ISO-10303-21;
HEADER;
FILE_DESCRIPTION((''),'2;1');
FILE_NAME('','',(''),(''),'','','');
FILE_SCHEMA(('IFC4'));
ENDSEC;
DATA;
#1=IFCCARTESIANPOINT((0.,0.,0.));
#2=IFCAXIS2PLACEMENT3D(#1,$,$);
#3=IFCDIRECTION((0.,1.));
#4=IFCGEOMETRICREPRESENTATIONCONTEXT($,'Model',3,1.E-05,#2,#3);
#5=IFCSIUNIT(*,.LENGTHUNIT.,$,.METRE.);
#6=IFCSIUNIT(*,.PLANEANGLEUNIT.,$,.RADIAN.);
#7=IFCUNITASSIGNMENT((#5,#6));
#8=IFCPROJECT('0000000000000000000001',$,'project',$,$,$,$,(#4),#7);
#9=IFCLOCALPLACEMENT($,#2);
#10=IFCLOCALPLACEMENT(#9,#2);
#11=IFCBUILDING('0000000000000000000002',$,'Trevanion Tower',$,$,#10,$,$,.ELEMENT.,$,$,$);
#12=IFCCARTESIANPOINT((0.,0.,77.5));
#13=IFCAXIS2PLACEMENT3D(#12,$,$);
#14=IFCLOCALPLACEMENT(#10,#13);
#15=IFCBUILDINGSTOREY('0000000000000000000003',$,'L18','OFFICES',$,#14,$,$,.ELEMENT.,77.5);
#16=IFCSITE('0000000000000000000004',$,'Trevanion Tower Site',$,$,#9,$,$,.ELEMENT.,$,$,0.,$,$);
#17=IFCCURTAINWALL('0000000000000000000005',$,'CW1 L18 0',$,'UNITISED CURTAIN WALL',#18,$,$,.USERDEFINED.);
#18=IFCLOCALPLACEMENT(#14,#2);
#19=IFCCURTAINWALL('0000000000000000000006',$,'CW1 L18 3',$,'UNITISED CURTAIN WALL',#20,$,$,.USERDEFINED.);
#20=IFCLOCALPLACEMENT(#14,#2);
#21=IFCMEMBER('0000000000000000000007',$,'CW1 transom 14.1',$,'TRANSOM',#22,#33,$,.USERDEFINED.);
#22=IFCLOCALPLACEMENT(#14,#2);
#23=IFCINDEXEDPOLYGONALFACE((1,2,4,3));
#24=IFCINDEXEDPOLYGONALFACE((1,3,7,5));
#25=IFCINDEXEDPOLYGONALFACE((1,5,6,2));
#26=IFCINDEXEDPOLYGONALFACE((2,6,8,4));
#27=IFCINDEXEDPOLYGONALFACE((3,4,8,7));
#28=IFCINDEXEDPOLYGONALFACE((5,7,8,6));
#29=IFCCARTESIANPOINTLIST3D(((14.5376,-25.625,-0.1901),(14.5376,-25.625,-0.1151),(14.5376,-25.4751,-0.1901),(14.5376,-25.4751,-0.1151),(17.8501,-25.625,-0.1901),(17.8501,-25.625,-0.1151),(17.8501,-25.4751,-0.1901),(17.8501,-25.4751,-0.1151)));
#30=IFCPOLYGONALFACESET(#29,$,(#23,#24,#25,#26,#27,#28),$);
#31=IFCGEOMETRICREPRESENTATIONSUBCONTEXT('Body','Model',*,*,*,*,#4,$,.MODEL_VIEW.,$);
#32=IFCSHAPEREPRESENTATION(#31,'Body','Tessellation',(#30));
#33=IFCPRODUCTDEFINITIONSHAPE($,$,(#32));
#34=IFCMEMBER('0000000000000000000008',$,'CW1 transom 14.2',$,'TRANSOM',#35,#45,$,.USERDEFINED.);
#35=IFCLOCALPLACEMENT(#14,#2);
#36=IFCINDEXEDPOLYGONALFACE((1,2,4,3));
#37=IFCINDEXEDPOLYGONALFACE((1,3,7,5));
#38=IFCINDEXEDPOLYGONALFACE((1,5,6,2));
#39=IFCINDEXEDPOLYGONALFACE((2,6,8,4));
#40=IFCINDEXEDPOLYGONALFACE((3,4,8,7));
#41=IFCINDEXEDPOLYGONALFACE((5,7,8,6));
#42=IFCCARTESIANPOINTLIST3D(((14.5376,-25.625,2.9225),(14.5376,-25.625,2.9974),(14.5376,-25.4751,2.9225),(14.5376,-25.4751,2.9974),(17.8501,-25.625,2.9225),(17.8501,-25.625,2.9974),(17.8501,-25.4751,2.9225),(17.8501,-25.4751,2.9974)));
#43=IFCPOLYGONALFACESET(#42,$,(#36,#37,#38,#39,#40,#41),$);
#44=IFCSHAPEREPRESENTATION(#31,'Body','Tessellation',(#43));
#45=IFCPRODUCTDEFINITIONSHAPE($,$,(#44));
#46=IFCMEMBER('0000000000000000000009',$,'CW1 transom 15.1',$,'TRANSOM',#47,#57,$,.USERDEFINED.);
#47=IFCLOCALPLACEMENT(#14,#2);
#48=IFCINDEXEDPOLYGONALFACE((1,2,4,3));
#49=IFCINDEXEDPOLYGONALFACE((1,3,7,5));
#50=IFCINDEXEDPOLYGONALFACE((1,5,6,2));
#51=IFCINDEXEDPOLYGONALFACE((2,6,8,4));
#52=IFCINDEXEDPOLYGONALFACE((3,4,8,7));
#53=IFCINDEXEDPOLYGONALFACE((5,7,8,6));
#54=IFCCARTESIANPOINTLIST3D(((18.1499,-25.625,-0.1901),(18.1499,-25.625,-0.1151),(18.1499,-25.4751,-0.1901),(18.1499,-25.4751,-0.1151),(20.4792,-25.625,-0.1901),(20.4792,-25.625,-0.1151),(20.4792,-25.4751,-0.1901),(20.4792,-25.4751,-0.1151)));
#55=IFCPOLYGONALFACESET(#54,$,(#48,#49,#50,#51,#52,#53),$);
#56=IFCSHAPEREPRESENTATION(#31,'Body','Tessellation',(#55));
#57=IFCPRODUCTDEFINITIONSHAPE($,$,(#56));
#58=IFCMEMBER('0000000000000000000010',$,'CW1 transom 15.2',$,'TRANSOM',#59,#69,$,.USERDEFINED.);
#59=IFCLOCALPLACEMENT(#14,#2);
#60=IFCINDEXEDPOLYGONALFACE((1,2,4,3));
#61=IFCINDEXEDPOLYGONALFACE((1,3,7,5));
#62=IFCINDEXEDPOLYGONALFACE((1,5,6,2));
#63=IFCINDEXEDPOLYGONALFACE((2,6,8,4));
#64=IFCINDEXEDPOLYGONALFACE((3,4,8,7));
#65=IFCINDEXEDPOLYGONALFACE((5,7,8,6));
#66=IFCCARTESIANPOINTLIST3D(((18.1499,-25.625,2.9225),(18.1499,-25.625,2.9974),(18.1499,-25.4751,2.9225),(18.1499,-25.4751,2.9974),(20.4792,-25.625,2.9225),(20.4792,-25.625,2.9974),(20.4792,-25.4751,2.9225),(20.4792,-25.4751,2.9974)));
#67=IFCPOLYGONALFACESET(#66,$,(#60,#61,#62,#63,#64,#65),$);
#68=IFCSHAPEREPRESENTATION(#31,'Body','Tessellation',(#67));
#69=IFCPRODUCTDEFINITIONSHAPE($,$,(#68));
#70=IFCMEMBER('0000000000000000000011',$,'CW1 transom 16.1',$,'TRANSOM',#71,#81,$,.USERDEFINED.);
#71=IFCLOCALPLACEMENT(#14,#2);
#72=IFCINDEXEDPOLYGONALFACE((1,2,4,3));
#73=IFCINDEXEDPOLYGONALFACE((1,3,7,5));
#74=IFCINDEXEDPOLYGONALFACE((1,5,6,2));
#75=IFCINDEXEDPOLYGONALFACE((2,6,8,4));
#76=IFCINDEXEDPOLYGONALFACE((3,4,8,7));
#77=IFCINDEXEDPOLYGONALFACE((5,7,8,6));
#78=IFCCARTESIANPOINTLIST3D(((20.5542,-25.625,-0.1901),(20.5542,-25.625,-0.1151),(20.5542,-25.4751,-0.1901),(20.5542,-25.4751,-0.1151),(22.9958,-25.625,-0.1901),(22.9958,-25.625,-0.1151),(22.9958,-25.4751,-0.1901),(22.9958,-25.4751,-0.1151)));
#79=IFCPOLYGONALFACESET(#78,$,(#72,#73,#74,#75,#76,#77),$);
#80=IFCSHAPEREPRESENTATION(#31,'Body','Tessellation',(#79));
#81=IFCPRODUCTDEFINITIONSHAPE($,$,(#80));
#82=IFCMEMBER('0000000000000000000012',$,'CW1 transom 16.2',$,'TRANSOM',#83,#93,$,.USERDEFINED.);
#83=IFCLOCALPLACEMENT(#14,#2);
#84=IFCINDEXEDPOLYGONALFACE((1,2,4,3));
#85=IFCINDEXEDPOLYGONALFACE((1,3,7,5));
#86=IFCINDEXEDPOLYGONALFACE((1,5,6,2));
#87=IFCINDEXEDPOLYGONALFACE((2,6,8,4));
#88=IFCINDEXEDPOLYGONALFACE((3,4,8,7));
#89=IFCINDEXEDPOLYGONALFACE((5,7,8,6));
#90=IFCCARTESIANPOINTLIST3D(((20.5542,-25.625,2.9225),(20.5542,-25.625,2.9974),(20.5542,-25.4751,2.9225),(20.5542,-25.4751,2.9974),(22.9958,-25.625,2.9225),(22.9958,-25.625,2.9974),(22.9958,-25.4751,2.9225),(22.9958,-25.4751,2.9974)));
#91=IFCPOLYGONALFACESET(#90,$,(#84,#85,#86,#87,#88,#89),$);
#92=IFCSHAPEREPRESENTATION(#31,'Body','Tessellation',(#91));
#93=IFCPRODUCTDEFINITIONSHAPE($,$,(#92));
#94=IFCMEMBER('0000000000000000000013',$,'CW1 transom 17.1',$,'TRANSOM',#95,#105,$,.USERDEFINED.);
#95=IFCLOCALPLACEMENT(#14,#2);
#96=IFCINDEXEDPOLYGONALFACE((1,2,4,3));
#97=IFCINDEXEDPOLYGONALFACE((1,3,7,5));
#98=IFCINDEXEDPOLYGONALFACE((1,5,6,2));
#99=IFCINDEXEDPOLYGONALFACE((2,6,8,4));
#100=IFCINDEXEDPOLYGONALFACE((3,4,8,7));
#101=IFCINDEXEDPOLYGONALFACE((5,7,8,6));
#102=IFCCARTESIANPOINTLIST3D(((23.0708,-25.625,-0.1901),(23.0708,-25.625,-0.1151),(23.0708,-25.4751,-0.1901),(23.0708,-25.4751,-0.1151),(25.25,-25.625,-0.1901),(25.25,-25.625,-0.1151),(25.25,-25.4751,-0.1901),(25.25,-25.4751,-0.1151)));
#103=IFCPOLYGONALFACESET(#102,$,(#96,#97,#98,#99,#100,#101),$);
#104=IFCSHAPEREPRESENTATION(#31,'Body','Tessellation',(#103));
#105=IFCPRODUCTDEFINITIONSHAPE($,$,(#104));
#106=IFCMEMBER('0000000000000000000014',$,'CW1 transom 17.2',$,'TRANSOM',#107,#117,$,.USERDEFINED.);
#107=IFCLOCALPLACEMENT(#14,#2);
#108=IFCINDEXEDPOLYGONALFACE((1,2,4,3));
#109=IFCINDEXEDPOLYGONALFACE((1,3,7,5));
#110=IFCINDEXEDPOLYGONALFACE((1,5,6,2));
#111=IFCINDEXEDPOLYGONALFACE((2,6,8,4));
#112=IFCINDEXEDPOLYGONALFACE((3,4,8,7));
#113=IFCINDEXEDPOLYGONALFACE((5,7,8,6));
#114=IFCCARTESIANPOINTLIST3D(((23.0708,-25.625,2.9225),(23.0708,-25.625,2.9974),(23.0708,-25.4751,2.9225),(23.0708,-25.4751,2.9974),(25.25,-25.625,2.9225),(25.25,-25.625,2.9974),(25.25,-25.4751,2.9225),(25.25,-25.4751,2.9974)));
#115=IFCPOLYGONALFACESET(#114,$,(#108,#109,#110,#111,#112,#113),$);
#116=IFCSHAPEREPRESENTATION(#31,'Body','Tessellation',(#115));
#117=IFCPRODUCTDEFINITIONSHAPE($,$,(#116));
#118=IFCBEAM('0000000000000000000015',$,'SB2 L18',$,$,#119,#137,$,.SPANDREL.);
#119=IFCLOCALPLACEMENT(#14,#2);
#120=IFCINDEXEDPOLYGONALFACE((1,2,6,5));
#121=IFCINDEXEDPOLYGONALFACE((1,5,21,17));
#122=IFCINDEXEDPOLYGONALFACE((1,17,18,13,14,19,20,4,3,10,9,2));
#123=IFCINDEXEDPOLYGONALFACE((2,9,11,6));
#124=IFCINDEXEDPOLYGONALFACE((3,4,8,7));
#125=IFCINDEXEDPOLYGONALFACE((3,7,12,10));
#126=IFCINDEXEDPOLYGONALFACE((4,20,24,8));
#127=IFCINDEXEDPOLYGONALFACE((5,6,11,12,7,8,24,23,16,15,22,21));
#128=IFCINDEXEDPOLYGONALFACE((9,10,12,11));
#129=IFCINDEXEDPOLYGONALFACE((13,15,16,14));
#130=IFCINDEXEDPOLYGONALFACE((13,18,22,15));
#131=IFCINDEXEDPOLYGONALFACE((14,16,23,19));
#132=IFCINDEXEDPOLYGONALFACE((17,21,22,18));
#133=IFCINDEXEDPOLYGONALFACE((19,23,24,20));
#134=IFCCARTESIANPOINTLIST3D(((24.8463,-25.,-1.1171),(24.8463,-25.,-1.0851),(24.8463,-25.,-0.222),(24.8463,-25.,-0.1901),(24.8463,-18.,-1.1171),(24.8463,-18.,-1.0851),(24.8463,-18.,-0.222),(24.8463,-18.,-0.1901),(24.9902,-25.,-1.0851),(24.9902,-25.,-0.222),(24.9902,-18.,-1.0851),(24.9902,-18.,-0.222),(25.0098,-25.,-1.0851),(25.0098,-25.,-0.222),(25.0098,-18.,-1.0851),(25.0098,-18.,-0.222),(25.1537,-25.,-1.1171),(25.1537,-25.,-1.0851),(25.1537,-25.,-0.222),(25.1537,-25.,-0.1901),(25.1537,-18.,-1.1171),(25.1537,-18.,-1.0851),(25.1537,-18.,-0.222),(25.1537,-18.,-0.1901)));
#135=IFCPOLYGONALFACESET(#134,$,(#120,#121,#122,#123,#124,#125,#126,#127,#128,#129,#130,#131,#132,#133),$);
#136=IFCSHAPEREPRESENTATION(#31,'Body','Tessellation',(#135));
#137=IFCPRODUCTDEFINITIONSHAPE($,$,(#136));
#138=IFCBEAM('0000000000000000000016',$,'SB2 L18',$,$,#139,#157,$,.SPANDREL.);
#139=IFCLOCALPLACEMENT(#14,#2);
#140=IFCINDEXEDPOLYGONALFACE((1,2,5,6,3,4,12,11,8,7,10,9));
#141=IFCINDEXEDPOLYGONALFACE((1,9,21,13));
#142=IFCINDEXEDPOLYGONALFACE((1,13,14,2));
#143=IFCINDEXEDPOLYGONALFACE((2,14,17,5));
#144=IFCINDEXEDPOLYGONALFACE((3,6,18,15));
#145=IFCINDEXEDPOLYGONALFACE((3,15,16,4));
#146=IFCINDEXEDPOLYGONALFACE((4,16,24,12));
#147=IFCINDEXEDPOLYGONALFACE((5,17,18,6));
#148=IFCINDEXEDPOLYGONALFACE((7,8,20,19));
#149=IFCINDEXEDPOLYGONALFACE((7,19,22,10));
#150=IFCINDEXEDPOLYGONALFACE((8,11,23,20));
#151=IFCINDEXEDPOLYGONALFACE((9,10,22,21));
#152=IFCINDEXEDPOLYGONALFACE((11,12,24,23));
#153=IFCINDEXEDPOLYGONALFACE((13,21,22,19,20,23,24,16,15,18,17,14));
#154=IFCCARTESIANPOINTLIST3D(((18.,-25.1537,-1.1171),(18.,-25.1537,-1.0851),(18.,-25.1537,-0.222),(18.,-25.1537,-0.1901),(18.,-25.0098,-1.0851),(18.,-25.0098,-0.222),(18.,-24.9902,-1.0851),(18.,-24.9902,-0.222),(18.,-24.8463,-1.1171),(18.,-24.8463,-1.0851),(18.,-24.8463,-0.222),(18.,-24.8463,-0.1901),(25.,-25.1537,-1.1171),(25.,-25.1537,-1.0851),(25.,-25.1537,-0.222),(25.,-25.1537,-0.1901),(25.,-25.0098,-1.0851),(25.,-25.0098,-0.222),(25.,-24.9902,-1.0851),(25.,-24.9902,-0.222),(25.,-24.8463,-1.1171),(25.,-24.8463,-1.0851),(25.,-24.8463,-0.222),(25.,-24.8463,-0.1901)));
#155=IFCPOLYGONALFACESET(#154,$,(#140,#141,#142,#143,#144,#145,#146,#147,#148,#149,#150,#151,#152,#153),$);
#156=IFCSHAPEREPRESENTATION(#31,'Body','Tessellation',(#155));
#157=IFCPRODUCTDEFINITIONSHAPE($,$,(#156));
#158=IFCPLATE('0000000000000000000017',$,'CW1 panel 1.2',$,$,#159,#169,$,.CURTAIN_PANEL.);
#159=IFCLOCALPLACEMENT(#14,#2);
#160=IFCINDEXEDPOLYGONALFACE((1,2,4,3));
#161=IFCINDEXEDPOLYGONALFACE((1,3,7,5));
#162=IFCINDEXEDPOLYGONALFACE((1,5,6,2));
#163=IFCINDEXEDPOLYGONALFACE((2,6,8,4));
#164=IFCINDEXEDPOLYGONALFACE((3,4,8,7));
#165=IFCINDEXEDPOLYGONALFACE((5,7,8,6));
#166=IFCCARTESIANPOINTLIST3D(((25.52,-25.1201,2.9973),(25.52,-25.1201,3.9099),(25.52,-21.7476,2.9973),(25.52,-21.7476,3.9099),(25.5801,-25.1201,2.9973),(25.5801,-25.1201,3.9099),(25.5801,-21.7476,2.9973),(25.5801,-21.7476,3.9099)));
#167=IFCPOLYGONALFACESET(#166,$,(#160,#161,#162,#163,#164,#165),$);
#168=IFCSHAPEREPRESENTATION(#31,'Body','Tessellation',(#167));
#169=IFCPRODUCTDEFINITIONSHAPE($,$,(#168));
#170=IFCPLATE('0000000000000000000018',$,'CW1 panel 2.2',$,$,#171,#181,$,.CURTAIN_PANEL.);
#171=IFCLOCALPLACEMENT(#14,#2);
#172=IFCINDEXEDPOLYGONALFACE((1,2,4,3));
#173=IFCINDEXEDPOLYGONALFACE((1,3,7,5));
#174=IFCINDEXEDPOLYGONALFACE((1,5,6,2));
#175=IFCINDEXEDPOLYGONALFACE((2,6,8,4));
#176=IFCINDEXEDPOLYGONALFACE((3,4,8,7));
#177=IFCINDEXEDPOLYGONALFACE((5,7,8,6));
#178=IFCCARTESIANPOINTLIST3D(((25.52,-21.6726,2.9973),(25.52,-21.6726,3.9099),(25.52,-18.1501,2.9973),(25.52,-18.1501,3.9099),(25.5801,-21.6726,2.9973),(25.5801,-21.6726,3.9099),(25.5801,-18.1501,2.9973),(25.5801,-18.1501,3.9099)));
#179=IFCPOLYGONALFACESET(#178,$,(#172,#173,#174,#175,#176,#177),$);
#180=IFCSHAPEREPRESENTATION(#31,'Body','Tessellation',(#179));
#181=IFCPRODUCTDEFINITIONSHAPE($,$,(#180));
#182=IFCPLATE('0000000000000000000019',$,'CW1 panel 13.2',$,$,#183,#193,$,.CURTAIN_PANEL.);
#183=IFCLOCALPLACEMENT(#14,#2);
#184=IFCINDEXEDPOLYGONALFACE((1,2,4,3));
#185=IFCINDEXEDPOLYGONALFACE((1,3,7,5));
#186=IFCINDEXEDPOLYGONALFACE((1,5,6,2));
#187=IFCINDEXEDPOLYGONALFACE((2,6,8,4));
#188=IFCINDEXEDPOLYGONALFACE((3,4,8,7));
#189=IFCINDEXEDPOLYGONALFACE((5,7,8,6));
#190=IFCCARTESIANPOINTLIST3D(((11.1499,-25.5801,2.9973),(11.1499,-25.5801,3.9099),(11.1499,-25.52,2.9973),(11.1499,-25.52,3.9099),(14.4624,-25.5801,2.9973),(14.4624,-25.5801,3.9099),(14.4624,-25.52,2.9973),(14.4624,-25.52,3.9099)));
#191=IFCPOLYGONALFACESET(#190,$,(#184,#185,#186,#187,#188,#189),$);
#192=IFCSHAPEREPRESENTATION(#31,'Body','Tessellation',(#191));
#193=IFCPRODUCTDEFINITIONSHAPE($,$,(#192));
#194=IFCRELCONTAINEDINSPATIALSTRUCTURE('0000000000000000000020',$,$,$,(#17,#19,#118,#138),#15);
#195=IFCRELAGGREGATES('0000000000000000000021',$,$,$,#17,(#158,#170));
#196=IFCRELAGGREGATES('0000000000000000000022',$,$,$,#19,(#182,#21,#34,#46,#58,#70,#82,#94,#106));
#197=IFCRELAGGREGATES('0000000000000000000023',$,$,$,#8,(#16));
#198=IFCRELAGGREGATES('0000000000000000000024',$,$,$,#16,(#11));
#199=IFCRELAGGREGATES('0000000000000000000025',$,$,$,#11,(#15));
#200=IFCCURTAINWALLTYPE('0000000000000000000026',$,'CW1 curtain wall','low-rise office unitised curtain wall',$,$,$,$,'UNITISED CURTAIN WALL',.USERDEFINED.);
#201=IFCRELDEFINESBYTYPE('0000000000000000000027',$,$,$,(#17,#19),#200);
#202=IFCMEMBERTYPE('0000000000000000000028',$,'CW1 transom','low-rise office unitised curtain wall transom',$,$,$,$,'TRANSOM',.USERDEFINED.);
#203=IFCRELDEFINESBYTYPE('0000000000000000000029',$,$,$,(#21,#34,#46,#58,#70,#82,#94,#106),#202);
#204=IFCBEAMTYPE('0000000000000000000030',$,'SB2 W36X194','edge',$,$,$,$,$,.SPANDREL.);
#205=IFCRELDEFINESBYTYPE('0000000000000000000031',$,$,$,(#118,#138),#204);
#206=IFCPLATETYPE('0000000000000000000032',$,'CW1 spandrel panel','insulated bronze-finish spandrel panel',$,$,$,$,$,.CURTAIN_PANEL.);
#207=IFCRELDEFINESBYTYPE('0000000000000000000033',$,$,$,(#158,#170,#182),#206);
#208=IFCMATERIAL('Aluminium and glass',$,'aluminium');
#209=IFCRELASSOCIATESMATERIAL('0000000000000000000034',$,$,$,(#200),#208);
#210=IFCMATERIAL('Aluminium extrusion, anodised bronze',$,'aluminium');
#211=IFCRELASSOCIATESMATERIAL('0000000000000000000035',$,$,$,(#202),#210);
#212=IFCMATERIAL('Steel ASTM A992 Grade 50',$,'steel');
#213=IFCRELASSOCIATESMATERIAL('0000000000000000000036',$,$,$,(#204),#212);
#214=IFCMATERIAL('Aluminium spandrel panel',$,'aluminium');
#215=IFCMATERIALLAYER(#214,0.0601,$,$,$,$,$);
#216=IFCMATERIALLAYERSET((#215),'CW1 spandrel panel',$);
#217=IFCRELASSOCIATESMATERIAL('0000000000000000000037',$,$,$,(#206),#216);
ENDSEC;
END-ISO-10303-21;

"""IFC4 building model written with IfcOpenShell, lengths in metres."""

from ifc_helpers import new_model, si_unit, direction, frame, origin, origin_2d, place, context, subcontext, project, spatial, rectangle, i_section, extrude, material, layer, layer_set, material_profile, profile_set, type_object, element, aggregate, save


model = new_model("IFC4")

# Units and contexts
model_context = context("Model", 3, precision=1e-05, world=origin(), true_north=direction((0.0, 1.0)))
body_context = subcontext(model_context, "Body", "Model", "MODEL_VIEW")
ifc_project = project(units=[si_unit("LENGTHUNIT", "METRE"), si_unit("PLANEANGLEUNIT", "RADIAN")], contexts=[model_context])

# Site, building, storey
site_placement = place(None, origin())
site = spatial("IfcSite", under=ifc_project, at=site_placement, Name="Trevanion Tower Site", CompositionType="ELEMENT", RefElevation=0.0)
building_placement = place(site_placement, origin())
building = spatial("IfcBuilding", under=site, at=building_placement, Name="Trevanion Tower", CompositionType="ELEMENT")
storey_placement = place(building_placement, frame((0.0, 0.0, 77.5)))
storey = spatial("IfcBuildingStorey", under=building, at=storey_placement, Name="L18", Description="OFFICES", CompositionType="ELEMENT", Elevation=77.5)

# Curtain wall
ifc_material_1 = material(Name="Aluminium and glass", Category="aluminium")
curtain_wall_type = type_object("IfcCurtainWallType", Name="CW1 curtain wall", Description="low-rise office unitised curtain wall", ElementType="UNITISED CURTAIN WALL", PredefinedType="USERDEFINED", material=ifc_material_1)
curtain_wall_1_placement = place(storey_placement, origin())
curtain_wall_1 = element("IfcCurtainWall", 1, at=curtain_wall_1_placement, inside=storey, type_object=curtain_wall_type, Name="CW1 L18 0", ObjectType="UNITISED CURTAIN WALL", PredefinedType="USERDEFINED")

# Curtain wall
curtain_wall_2_placement = place(storey_placement, origin())
curtain_wall_2 = element("IfcCurtainWall", 2, at=curtain_wall_2_placement, inside=storey, type_object=curtain_wall_type, Name="CW1 L18 3", ObjectType="UNITISED CURTAIN WALL", PredefinedType="USERDEFINED")

# Members
ifc_material_2 = material(Name="Aluminium extrusion, anodised bronze", Category="aluminium")
ifc_material_profile_1 = material_profile(ifc_material_2, rectangle(XDim=0.1499, YDim=0.075, at=origin_2d()), Name="CW1 transom")
ifc_profile_set_1 = profile_set([ifc_material_profile_1], Name="Aluminium extrusion, anodised bronze")
member_type_1 = type_object("IfcMemberType", Name="CW1 transom", Description="low-rise office unitised curtain wall transom", ElementType="TRANSOM", PredefinedType="USERDEFINED", material=ifc_profile_set_1)
member_1_placement = place(storey_placement, frame((14.5376, -25.55, -0.1526), z_axis=(1.0, 0.0, 0.0), x_axis=(0.0, 1.0, 0.0)))
member_1 = element("IfcMember", 3, at=member_1_placement, type_object=member_type_1, Name="CW1 transom 14.1", ObjectType="TRANSOM", PredefinedType="USERDEFINED", context=body_context, shape_type="SweptSolid", body=[
    extrude(rectangle(XDim=0.1499, YDim=0.075, at=origin_2d()), origin(), (0.0, 0.0, 1.0), 3.3125),
])
member_2_placement = place(storey_placement, frame((14.5376, -25.55, 2.96), z_axis=(1.0, 0.0, 0.0), x_axis=(0.0, 1.0, 0.0)))
member_2 = element("IfcMember", 4, at=member_2_placement, type_object=member_type_1, Name="CW1 transom 14.2", ObjectType="TRANSOM", PredefinedType="USERDEFINED", context=body_context, shape_type="SweptSolid", body=[
    extrude(rectangle(XDim=0.1499, YDim=0.075, at=origin_2d()), origin(), (0.0, 0.0, 1.0), 3.3125),
])
member_3_placement = place(storey_placement, frame((18.1499, -25.55, -0.1526), z_axis=(1.0, 0.0, 0.0), x_axis=(0.0, 1.0, 0.0)))
member_3 = element("IfcMember", 5, at=member_3_placement, type_object=member_type_1, Name="CW1 transom 15.1", ObjectType="TRANSOM", PredefinedType="USERDEFINED", context=body_context, shape_type="SweptSolid", body=[
    extrude(rectangle(XDim=0.1499, YDim=0.075, at=origin_2d()), origin(), (0.0, 0.0, 1.0), 2.3293),
])
member_4_placement = place(storey_placement, frame((18.1499, -25.55, 2.96), z_axis=(1.0, 0.0, 0.0), x_axis=(0.0, 1.0, 0.0)))
member_4 = element("IfcMember", 6, at=member_4_placement, type_object=member_type_1, Name="CW1 transom 15.2", ObjectType="TRANSOM", PredefinedType="USERDEFINED", context=body_context, shape_type="SweptSolid", body=[
    extrude(rectangle(XDim=0.1499, YDim=0.075, at=origin_2d()), origin(), (0.0, 0.0, 1.0), 2.3293),
])
member_5_placement = place(storey_placement, frame((20.5542, -25.55, -0.1526), z_axis=(1.0, 0.0, 0.0), x_axis=(0.0, 1.0, 0.0)))
member_5 = element("IfcMember", 7, at=member_5_placement, type_object=member_type_1, Name="CW1 transom 16.1", ObjectType="TRANSOM", PredefinedType="USERDEFINED", context=body_context, shape_type="SweptSolid", body=[
    extrude(rectangle(XDim=0.1499, YDim=0.075, at=origin_2d()), origin(), (0.0, 0.0, 1.0), 2.4417),
])
member_6_placement = place(storey_placement, frame((20.5542, -25.55, 2.96), z_axis=(1.0, 0.0, 0.0), x_axis=(0.0, 1.0, 0.0)))
member_6 = element("IfcMember", 8, at=member_6_placement, type_object=member_type_1, Name="CW1 transom 16.2", ObjectType="TRANSOM", PredefinedType="USERDEFINED", context=body_context, shape_type="SweptSolid", body=[
    extrude(rectangle(XDim=0.1499, YDim=0.075, at=origin_2d()), origin(), (0.0, 0.0, 1.0), 2.4417),
])
member_7_placement = place(storey_placement, frame((23.0708, -25.55, -0.1526), z_axis=(1.0, 0.0, 0.0), x_axis=(0.0, 1.0, 0.0)))
member_7 = element("IfcMember", 9, at=member_7_placement, type_object=member_type_1, Name="CW1 transom 17.1", ObjectType="TRANSOM", PredefinedType="USERDEFINED", context=body_context, shape_type="SweptSolid", body=[
    extrude(rectangle(XDim=0.1499, YDim=0.075, at=origin_2d()), origin(), (0.0, 0.0, 1.0), 2.1792),
])
member_8_placement = place(storey_placement, frame((23.0708, -25.55, 2.96), z_axis=(1.0, 0.0, 0.0), x_axis=(0.0, 1.0, 0.0)))
member_8 = element("IfcMember", 10, at=member_8_placement, type_object=member_type_1, Name="CW1 transom 17.2", ObjectType="TRANSOM", PredefinedType="USERDEFINED", context=body_context, shape_type="SweptSolid", body=[
    extrude(rectangle(XDim=0.1499, YDim=0.075, at=origin_2d()), origin(), (0.0, 0.0, 1.0), 2.1792),
])

# Beams
ifc_material_3 = material(Name="Steel ASTM A992 Grade 50", Category="steel")
ifc_material_profile_2 = material_profile(ifc_material_3, i_section(OverallWidth=0.3074, OverallDepth=0.927, WebThickness=0.0195, FlangeThickness=0.032, at=origin_2d()), Name="W36X194")
ifc_profile_set_2 = profile_set([ifc_material_profile_2], Name="Steel ASTM A992 Grade 50")
beam_type = type_object("IfcBeamType", Name="SB2 W36X194", Description="edge", PredefinedType="SPANDREL", material=ifc_profile_set_2)
for number, where, z_axis, x_axis, name in (
    (11, (25.0, -25.0, -0.6536), (0.0, 1.0, 0.0), (-1.0, 0.0, 0.0), "SB2 L18"),
    (12, (18.0, -25.0, -0.6536), (1.0, 0.0, 0.0), (0.0, 1.0, 0.0), "SB2 L18"),
):
    element("IfcBeam", number, at=place(storey_placement, frame(where, z_axis=z_axis, x_axis=x_axis)), inside=storey, type_object=beam_type, Name=name, PredefinedType="SPANDREL", context=body_context, shape_type="SweptSolid", body=[
        extrude(i_section(OverallWidth=0.3074, OverallDepth=0.927, WebThickness=0.0195, FlangeThickness=0.032, at=origin_2d()), origin(), (0.0, 0.0, 1.0), 7.0),
    ])

# Plates
ifc_material_4 = material(Name="Aluminium spandrel panel", Category="aluminium")
ifc_layer_1 = layer(ifc_material_4, 0.0601)
ifc_layer_set_1 = layer_set([ifc_layer_1], Name="CW1 spandrel panel")
plate_type_1 = type_object("IfcPlateType", Name="CW1 spandrel panel", Description="insulated bronze-finish spandrel panel", PredefinedType="CURTAIN_PANEL", material=ifc_layer_set_1)
plate_1_placement = place(storey_placement, frame((25.55, -23.4338, 2.9973), z_axis=(0.0, 0.0, 1.0), x_axis=(0.0, 1.0, 0.0)))
plate_1 = element("IfcPlate", 13, at=plate_1_placement, type_object=plate_type_1, Name="CW1 panel 1.2", PredefinedType="CURTAIN_PANEL", context=body_context, shape_type="SweptSolid", body=[
    extrude(rectangle(XDim=3.3726, YDim=0.0601, at=origin_2d()), origin(), (0.0, 0.0, 1.0), 0.9126),
])
plate_2_placement = place(storey_placement, frame((25.55, -19.9114, 2.9973), z_axis=(0.0, 0.0, 1.0), x_axis=(0.0, 1.0, 0.0)))
plate_2 = element("IfcPlate", 14, at=plate_2_placement, type_object=plate_type_1, Name="CW1 panel 2.2", PredefinedType="CURTAIN_PANEL", context=body_context, shape_type="SweptSolid", body=[
    extrude(rectangle(XDim=3.5225, YDim=0.0601, at=origin_2d()), origin(), (0.0, 0.0, 1.0), 0.9126),
])
plate_3_placement = place(storey_placement, frame((12.8062, -25.55, 2.9973), z_axis=(0.0, 0.0, 1.0), x_axis=(1.0, 0.0, 0.0)))
plate_3 = element("IfcPlate", 15, at=plate_3_placement, type_object=plate_type_1, Name="CW1 panel 13.2", PredefinedType="CURTAIN_PANEL", context=body_context, shape_type="SweptSolid", body=[
    extrude(rectangle(XDim=3.3125, YDim=0.0601, at=origin_2d()), origin(), (0.0, 0.0, 1.0), 0.9126),
])
aggregate(curtain_wall_1, [plate_1, plate_2])
aggregate(curtain_wall_2, [plate_3, member_1, member_2, member_3, member_4, member_5, member_6, member_7, member_8])

save(model, "model.ifc")
